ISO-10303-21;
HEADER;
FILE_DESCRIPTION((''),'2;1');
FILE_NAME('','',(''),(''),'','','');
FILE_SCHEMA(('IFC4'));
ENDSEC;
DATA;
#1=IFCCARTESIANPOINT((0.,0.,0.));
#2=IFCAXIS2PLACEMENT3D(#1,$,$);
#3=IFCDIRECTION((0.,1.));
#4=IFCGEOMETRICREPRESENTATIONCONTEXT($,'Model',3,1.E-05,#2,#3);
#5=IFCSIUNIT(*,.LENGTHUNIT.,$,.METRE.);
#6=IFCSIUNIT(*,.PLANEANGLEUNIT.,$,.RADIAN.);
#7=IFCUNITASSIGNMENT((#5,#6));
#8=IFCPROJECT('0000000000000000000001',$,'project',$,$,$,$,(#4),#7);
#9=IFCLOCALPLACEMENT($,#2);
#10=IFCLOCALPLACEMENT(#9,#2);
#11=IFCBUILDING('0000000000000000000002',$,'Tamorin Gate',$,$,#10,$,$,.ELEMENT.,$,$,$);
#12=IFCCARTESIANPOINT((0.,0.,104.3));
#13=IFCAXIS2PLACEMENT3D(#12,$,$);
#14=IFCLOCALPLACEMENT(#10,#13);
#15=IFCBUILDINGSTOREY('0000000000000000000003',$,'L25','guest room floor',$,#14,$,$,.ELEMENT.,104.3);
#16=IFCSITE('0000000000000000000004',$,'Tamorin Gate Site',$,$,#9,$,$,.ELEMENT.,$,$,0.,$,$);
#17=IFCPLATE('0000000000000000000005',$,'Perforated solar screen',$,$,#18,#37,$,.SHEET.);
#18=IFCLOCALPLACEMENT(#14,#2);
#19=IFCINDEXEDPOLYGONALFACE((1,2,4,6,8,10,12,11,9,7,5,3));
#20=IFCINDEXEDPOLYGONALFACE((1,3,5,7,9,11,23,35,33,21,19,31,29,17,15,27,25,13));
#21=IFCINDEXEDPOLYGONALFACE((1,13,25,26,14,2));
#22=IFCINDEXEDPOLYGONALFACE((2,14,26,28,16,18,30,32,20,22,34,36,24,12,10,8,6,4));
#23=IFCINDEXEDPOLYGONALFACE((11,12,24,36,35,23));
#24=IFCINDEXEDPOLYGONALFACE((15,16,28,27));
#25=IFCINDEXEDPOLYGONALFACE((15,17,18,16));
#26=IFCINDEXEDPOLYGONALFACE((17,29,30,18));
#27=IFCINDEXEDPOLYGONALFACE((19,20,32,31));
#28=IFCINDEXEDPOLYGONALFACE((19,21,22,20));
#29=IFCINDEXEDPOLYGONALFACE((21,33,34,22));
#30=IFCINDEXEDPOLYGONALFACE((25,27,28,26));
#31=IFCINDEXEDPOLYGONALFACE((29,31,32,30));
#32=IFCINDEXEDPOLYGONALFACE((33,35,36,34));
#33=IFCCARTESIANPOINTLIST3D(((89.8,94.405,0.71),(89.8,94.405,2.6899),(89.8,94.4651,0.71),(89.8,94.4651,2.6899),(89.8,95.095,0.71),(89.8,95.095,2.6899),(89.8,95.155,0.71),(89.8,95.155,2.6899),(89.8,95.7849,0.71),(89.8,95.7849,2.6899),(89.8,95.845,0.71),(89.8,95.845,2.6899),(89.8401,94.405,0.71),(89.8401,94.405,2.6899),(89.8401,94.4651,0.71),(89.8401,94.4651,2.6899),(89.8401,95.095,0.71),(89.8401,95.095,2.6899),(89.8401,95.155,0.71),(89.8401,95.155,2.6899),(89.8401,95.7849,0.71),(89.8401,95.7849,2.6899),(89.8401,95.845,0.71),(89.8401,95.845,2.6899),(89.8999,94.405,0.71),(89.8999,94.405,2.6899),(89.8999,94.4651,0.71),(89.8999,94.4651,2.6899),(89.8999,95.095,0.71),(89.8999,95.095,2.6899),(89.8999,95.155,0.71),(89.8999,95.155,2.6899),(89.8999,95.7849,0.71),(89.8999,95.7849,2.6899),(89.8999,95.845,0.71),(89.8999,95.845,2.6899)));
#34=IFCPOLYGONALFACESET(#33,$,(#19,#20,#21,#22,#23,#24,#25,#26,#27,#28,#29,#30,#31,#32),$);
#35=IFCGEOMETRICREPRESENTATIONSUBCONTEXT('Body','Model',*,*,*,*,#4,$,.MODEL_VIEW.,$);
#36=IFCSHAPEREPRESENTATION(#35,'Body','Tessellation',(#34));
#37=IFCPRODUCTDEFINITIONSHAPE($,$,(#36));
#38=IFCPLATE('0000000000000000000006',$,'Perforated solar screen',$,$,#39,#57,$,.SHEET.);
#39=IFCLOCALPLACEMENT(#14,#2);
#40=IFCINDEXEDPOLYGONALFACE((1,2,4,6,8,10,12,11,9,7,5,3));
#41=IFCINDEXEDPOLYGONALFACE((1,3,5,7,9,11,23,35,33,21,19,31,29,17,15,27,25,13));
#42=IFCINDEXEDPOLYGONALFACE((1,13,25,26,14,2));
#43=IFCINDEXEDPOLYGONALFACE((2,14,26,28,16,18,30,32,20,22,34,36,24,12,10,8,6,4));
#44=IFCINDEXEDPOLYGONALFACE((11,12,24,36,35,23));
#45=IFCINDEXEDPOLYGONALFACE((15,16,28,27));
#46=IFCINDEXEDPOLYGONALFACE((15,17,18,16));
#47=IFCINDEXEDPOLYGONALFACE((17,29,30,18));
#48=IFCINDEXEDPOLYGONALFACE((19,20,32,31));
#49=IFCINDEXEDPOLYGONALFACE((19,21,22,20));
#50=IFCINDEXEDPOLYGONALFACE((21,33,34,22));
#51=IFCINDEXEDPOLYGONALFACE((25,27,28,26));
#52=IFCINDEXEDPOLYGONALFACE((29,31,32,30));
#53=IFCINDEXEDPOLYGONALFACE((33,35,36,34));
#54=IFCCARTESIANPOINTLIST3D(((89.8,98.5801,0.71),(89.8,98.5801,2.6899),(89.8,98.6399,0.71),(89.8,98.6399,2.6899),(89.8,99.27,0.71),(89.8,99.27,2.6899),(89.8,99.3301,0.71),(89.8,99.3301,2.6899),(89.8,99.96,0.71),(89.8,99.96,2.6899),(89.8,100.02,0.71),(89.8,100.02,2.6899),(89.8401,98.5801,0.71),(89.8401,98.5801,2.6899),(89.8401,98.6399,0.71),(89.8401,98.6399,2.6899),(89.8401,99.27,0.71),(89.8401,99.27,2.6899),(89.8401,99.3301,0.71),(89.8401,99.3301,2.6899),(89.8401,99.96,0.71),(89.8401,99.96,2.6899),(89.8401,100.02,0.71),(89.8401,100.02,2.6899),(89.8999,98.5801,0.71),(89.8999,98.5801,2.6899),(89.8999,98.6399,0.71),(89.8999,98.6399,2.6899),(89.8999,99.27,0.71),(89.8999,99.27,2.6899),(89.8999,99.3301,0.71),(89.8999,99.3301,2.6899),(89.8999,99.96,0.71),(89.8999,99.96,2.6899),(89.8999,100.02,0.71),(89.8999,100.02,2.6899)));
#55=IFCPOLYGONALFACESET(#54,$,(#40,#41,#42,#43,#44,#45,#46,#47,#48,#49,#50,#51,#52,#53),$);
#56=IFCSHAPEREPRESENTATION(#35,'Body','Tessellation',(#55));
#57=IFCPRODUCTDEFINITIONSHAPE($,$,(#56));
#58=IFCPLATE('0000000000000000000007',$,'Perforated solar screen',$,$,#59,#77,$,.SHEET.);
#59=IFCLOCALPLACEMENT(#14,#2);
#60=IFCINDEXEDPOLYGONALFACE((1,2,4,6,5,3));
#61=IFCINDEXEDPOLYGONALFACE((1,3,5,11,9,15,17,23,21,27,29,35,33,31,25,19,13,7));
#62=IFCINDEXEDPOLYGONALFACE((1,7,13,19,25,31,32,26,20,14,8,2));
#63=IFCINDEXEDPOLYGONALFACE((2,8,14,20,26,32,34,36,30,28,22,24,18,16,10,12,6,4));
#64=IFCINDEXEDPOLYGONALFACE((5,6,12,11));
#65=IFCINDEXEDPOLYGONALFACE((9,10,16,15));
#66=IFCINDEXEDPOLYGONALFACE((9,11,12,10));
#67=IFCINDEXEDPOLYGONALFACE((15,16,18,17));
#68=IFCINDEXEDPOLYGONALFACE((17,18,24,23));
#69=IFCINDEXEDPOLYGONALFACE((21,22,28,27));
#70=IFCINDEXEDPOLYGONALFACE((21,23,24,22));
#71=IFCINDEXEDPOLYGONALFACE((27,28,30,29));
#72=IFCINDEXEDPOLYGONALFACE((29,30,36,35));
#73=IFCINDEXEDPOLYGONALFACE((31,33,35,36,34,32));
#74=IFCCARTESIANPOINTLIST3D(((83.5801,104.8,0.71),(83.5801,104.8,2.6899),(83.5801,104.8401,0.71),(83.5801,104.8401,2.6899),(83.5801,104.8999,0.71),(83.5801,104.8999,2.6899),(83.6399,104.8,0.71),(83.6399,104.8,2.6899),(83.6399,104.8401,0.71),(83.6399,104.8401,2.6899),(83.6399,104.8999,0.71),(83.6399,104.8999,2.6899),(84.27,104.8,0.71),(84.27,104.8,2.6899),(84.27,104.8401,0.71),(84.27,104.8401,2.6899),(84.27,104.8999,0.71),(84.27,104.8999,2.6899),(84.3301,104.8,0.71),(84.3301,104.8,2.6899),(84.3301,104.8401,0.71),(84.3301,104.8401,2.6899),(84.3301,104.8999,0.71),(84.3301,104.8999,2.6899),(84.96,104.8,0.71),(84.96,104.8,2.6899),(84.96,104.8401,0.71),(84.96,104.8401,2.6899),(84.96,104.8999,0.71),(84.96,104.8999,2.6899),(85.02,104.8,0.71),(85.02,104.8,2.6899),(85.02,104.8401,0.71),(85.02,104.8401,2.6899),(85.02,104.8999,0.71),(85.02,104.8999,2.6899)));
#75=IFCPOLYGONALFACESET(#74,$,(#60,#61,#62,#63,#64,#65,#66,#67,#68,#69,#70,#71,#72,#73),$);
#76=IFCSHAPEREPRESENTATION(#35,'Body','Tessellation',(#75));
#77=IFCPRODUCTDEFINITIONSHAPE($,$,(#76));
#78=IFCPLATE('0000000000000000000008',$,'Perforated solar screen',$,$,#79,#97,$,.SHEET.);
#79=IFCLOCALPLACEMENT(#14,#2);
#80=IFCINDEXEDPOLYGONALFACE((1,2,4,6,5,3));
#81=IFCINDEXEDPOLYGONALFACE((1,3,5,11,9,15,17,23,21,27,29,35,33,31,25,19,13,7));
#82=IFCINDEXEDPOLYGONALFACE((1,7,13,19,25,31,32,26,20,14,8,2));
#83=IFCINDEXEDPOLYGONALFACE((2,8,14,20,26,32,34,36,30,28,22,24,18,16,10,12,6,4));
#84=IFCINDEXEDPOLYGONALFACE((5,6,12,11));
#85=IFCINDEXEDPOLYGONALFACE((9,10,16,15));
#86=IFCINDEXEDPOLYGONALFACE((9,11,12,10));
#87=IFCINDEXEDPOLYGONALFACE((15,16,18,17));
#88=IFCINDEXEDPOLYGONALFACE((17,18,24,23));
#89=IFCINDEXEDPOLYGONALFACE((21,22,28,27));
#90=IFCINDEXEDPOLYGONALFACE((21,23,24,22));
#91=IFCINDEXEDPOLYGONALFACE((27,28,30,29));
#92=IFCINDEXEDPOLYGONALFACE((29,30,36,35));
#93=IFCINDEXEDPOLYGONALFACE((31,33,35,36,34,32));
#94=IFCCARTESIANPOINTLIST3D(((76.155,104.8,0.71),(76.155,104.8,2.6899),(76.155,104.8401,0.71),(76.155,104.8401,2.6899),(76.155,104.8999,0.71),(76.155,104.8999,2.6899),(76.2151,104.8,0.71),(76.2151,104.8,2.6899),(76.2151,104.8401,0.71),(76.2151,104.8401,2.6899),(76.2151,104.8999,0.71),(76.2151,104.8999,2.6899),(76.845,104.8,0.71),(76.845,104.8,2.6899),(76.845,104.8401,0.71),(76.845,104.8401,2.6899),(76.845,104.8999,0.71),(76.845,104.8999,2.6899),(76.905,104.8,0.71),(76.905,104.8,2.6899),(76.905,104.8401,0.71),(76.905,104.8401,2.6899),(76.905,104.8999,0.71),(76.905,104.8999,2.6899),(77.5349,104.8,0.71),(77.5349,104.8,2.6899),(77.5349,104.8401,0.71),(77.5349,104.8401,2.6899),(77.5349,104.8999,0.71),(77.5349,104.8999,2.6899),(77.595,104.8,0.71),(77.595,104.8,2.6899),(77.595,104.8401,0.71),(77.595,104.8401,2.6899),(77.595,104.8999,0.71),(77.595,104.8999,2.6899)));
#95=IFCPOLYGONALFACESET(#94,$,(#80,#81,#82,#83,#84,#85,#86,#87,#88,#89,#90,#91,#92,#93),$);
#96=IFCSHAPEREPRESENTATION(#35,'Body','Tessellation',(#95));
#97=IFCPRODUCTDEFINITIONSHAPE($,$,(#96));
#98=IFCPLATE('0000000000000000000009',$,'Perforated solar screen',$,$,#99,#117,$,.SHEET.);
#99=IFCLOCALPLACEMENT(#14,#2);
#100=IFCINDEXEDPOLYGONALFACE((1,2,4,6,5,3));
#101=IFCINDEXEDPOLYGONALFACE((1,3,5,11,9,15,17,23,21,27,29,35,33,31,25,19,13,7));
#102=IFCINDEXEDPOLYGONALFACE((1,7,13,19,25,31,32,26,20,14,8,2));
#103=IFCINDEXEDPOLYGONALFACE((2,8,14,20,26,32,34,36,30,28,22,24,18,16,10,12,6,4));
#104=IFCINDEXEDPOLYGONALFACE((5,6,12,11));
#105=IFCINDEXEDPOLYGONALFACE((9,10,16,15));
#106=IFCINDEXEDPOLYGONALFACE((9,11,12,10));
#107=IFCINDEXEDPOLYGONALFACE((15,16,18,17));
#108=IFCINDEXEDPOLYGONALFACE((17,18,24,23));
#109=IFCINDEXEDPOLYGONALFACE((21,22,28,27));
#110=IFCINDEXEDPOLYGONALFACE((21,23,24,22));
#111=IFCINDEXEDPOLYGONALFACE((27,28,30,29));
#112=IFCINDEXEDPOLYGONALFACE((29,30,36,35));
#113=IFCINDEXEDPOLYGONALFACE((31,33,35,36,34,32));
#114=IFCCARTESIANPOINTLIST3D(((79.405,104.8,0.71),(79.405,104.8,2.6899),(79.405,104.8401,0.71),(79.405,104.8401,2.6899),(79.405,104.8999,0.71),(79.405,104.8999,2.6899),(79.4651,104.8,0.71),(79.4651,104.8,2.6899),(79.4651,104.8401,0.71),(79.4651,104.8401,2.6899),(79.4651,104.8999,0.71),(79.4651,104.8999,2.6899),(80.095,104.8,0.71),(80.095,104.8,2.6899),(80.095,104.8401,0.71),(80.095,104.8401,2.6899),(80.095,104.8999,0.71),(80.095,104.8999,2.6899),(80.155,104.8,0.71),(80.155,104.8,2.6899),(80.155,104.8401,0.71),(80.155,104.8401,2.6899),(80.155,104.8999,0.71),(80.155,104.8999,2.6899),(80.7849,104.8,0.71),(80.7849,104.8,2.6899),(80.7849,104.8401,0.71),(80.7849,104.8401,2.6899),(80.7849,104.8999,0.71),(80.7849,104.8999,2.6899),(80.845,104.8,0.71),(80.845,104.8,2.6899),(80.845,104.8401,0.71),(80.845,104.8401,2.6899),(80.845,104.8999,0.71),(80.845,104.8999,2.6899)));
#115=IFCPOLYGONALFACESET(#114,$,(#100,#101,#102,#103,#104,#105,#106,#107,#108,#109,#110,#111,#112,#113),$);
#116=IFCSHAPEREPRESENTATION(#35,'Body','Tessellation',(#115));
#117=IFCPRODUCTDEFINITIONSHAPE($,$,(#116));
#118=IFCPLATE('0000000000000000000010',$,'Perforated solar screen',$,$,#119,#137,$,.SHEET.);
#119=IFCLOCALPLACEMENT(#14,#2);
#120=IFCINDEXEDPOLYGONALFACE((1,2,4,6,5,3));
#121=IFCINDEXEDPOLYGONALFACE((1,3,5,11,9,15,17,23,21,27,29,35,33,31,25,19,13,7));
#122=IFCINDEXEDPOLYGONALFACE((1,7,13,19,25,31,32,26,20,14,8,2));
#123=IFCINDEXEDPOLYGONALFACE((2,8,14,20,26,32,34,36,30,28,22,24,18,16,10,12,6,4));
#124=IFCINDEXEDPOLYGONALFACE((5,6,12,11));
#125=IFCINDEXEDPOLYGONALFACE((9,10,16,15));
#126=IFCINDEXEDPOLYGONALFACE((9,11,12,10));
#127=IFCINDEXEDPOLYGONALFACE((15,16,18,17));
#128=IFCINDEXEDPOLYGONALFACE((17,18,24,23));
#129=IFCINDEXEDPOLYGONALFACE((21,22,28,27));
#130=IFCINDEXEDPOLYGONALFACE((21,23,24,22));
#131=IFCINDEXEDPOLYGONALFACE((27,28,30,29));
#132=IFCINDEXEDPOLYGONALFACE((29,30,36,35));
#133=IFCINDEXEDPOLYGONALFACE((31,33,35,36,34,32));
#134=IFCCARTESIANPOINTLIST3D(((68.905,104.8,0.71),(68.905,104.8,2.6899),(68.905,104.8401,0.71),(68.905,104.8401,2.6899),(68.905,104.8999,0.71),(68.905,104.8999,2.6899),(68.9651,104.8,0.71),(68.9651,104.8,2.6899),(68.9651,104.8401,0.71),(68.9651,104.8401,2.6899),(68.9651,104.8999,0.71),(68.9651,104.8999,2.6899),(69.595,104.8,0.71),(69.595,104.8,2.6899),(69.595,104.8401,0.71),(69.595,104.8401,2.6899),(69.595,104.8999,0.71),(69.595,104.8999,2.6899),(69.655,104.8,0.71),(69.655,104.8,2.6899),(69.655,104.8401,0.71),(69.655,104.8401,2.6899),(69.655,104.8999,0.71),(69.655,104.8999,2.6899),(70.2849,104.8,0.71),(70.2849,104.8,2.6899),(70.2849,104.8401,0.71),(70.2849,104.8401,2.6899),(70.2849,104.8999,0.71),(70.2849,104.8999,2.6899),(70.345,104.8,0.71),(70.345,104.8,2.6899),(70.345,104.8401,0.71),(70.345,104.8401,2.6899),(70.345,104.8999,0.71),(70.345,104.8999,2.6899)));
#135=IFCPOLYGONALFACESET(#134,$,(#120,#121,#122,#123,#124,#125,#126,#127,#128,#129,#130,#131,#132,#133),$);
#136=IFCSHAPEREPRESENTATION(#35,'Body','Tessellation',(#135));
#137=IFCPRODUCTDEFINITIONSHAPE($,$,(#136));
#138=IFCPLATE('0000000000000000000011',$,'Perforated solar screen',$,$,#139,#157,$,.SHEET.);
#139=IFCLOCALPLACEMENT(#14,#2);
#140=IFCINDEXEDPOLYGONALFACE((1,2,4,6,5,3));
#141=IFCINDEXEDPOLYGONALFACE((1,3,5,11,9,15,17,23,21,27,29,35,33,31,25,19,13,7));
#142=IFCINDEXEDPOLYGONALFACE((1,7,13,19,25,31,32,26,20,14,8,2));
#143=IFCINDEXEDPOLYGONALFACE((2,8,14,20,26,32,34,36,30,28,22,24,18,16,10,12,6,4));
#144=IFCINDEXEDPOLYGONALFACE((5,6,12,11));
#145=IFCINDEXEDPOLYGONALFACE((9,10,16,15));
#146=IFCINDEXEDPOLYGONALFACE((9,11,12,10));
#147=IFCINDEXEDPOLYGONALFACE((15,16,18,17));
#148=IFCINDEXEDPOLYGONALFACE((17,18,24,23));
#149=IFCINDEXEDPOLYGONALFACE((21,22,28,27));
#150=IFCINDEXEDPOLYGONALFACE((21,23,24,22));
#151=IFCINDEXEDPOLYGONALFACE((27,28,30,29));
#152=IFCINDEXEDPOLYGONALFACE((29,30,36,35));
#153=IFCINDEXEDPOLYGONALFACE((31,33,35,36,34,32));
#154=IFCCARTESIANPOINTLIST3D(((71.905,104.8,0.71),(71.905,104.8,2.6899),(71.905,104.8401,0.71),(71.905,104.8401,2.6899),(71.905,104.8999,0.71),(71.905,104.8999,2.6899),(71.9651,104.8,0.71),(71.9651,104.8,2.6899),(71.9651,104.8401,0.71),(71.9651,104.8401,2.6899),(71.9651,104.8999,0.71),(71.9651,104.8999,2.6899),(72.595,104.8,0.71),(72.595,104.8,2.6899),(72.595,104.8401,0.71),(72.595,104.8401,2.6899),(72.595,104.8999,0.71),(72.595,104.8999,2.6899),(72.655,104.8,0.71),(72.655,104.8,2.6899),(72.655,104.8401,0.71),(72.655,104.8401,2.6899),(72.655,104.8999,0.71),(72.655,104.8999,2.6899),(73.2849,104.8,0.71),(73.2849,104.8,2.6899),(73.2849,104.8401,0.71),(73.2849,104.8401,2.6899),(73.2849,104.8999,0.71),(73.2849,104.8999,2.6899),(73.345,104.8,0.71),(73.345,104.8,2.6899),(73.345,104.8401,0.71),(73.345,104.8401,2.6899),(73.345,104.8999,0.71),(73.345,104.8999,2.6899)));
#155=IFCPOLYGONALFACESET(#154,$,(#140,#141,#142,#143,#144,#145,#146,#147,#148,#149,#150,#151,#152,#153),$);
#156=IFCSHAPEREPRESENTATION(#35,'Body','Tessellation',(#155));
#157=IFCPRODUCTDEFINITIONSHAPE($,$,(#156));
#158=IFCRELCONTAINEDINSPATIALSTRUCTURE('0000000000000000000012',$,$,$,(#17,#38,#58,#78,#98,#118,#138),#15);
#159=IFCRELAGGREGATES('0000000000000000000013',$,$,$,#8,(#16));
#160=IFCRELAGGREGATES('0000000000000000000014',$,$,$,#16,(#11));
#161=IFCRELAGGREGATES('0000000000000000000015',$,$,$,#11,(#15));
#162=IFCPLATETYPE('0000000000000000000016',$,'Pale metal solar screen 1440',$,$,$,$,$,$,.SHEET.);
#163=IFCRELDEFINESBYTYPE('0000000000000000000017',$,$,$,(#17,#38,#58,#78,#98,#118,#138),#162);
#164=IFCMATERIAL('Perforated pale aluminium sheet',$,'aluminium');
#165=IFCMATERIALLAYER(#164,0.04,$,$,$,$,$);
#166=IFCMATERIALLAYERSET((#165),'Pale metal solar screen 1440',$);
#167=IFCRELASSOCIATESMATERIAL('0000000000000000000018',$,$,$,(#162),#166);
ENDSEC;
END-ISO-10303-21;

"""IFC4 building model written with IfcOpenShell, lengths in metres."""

from ifc_helpers import new_model, si_unit, direction, frame, origin, place, context, subcontext, project, spatial, polyline, outline, extrude, material, layer, layer_set, type_object, element, save


model = new_model("IFC4")

# Units and contexts
model_context = context("Model", 3, precision=1e-05, world=origin(), true_north=direction((0.0, 1.0)))
body_context = subcontext(model_context, "Body", "Model", "MODEL_VIEW")
ifc_project = project(units=[si_unit("LENGTHUNIT", "METRE"), si_unit("PLANEANGLEUNIT", "RADIAN")], contexts=[model_context])

# Site, building, storey
site_placement = place(None, origin())
site = spatial("IfcSite", under=ifc_project, at=site_placement, Name="Tamorin Gate Site", CompositionType="ELEMENT", RefElevation=0.0)
building_placement = place(site_placement, origin())
building = spatial("IfcBuilding", under=site, at=building_placement, Name="Tamorin Gate", CompositionType="ELEMENT")
storey_placement = place(building_placement, frame((0.0, 0.0, 104.3)))
storey = spatial("IfcBuildingStorey", under=building, at=storey_placement, Name="L25", Description="guest room floor", CompositionType="ELEMENT", Elevation=104.3)

# Plates
ifc_material = material(Name="Perforated pale aluminium sheet", Category="aluminium")
ifc_layer = layer(ifc_material, 0.04)
ifc_layer_set = layer_set([ifc_layer], Name="Pale metal solar screen 1440")
plate_type = type_object("IfcPlateType", Name="Pale metal solar screen 1440", PredefinedType="SHEET", material=ifc_layer_set)
plate_1_placement = place(storey_placement, frame((0.0, 0.0, 0.71)))
element("IfcPlate", 1, at=plate_1_placement, inside=storey, type_object=plate_type, Name="Perforated solar screen", PredefinedType="SHEET", context=body_context, shape_type="SweptSolid", body=[
    extrude(outline(polyline([(89.8401, 94.405), (89.8, 94.405), (89.8, 94.4651), (89.8, 95.095), (89.8, 95.155), (89.8, 95.7849), (89.8, 95.845), (89.8401, 95.845), (89.8999, 95.845), (89.8999, 95.7849), (89.8401, 95.7849), (89.8401, 95.155), (89.8999, 95.155), (89.8999, 95.095), (89.8401, 95.095), (89.8401, 94.4651), (89.8999, 94.4651), (89.8999, 94.405), (89.8401, 94.405)])), origin(), (0.0, 0.0, 1.0), 1.98),
])
plate_2_placement = place(storey_placement, frame((0.0, 0.0, 0.71)))
element("IfcPlate", 2, at=plate_2_placement, inside=storey, type_object=plate_type, Name="Perforated solar screen", PredefinedType="SHEET", context=body_context, shape_type="SweptSolid", body=[
    extrude(outline(polyline([(89.8401, 98.5801), (89.8, 98.5801), (89.8, 98.6399), (89.8, 99.27), (89.8, 99.3301), (89.8, 99.96), (89.8, 100.02), (89.8401, 100.02), (89.8999, 100.02), (89.8999, 99.96), (89.8401, 99.96), (89.8401, 99.3301), (89.8999, 99.3301), (89.8999, 99.27), (89.8401, 99.27), (89.8401, 98.6399), (89.8999, 98.6399), (89.8999, 98.5801), (89.8401, 98.5801)])), origin(), (0.0, 0.0, 1.0), 1.98),
])
plate_3_placement = place(storey_placement, frame((0.0, 0.0, 0.71)))
element("IfcPlate", 3, at=plate_3_placement, inside=storey, type_object=plate_type, Name="Perforated solar screen", PredefinedType="SHEET", context=body_context, shape_type="SweptSolid", body=[
    extrude(outline(polyline([(85.02, 104.8401), (85.02, 104.8), (84.96, 104.8), (84.3301, 104.8), (84.27, 104.8), (83.6399, 104.8), (83.5801, 104.8), (83.5801, 104.8401), (83.5801, 104.8999), (83.6399, 104.8999), (83.6399, 104.8401), (84.27, 104.8401), (84.27, 104.8999), (84.3301, 104.8999), (84.3301, 104.8401), (84.96, 104.8401), (84.96, 104.8999), (85.02, 104.8999), (85.02, 104.8401)])), origin(), (0.0, 0.0, 1.0), 1.98),
])
plate_4_placement = place(storey_placement, frame((0.0, 0.0, 0.71)))
element("IfcPlate", 4, at=plate_4_placement, inside=storey, type_object=plate_type, Name="Perforated solar screen", PredefinedType="SHEET", context=body_context, shape_type="SweptSolid", body=[
    extrude(outline(polyline([(77.595, 104.8401), (77.595, 104.8), (77.5349, 104.8), (76.905, 104.8), (76.845, 104.8), (76.2151, 104.8), (76.155, 104.8), (76.155, 104.8401), (76.155, 104.8999), (76.2151, 104.8999), (76.2151, 104.8401), (76.845, 104.8401), (76.845, 104.8999), (76.905, 104.8999), (76.905, 104.8401), (77.5349, 104.8401), (77.5349, 104.8999), (77.595, 104.8999), (77.595, 104.8401)])), origin(), (0.0, 0.0, 1.0), 1.98),
])
plate_5_placement = place(storey_placement, frame((0.0, 0.0, 0.71)))
element("IfcPlate", 5, at=plate_5_placement, inside=storey, type_object=plate_type, Name="Perforated solar screen", PredefinedType="SHEET", context=body_context, shape_type="SweptSolid", body=[
    extrude(outline(polyline([(80.845, 104.8401), (80.845, 104.8), (80.7849, 104.8), (80.155, 104.8), (80.095, 104.8), (79.4651, 104.8), (79.405, 104.8), (79.405, 104.8), (79.405, 104.8401), (79.405, 104.8401), (79.405, 104.8999), (79.4651, 104.8999), (79.4651, 104.8401), (80.095, 104.8401), (80.095, 104.8999), (80.155, 104.8999), (80.155, 104.8401), (80.7849, 104.8401), (80.7849, 104.8999), (80.845, 104.8999), (80.845, 104.8401)])), origin(), (0.0, 0.0, 1.0), 1.98),
])
plate_6_placement = place(storey_placement, frame((0.0, 0.0, 0.71)))
element("IfcPlate", 6, at=plate_6_placement, inside=storey, type_object=plate_type, Name="Perforated solar screen", PredefinedType="SHEET", context=body_context, shape_type="SweptSolid", body=[
    extrude(outline(polyline([(70.345, 104.8401), (70.345, 104.8), (70.2849, 104.8), (69.655, 104.8), (69.595, 104.8), (68.9651, 104.8), (68.905, 104.8), (68.905, 104.8401), (68.905, 104.8999), (68.9651, 104.8999), (68.9651, 104.8401), (69.595, 104.8401), (69.595, 104.8999), (69.655, 104.8999), (69.655, 104.8401), (70.2849, 104.8401), (70.2849, 104.8999), (70.345, 104.8999), (70.345, 104.8401)])), origin(), (0.0, 0.0, 1.0), 1.98),
])
plate_7_placement = place(storey_placement, frame((0.0, 0.0, 0.71)))
element("IfcPlate", 7, at=plate_7_placement, inside=storey, type_object=plate_type, Name="Perforated solar screen", PredefinedType="SHEET", context=body_context, shape_type="SweptSolid", body=[
    extrude(outline(polyline([(73.345, 104.8401), (73.345, 104.8), (73.2849, 104.8), (72.655, 104.8), (72.595, 104.8), (71.9651, 104.8), (71.905, 104.8), (71.905, 104.8401), (71.905, 104.8999), (71.9651, 104.8999), (71.9651, 104.8401), (72.595, 104.8401), (72.595, 104.8999), (72.655, 104.8999), (72.655, 104.8401), (73.2849, 104.8401), (73.2849, 104.8999), (73.345, 104.8999), (73.345, 104.8401)])), origin(), (0.0, 0.0, 1.0), 1.98),
])

save(model, "model.ifc")
